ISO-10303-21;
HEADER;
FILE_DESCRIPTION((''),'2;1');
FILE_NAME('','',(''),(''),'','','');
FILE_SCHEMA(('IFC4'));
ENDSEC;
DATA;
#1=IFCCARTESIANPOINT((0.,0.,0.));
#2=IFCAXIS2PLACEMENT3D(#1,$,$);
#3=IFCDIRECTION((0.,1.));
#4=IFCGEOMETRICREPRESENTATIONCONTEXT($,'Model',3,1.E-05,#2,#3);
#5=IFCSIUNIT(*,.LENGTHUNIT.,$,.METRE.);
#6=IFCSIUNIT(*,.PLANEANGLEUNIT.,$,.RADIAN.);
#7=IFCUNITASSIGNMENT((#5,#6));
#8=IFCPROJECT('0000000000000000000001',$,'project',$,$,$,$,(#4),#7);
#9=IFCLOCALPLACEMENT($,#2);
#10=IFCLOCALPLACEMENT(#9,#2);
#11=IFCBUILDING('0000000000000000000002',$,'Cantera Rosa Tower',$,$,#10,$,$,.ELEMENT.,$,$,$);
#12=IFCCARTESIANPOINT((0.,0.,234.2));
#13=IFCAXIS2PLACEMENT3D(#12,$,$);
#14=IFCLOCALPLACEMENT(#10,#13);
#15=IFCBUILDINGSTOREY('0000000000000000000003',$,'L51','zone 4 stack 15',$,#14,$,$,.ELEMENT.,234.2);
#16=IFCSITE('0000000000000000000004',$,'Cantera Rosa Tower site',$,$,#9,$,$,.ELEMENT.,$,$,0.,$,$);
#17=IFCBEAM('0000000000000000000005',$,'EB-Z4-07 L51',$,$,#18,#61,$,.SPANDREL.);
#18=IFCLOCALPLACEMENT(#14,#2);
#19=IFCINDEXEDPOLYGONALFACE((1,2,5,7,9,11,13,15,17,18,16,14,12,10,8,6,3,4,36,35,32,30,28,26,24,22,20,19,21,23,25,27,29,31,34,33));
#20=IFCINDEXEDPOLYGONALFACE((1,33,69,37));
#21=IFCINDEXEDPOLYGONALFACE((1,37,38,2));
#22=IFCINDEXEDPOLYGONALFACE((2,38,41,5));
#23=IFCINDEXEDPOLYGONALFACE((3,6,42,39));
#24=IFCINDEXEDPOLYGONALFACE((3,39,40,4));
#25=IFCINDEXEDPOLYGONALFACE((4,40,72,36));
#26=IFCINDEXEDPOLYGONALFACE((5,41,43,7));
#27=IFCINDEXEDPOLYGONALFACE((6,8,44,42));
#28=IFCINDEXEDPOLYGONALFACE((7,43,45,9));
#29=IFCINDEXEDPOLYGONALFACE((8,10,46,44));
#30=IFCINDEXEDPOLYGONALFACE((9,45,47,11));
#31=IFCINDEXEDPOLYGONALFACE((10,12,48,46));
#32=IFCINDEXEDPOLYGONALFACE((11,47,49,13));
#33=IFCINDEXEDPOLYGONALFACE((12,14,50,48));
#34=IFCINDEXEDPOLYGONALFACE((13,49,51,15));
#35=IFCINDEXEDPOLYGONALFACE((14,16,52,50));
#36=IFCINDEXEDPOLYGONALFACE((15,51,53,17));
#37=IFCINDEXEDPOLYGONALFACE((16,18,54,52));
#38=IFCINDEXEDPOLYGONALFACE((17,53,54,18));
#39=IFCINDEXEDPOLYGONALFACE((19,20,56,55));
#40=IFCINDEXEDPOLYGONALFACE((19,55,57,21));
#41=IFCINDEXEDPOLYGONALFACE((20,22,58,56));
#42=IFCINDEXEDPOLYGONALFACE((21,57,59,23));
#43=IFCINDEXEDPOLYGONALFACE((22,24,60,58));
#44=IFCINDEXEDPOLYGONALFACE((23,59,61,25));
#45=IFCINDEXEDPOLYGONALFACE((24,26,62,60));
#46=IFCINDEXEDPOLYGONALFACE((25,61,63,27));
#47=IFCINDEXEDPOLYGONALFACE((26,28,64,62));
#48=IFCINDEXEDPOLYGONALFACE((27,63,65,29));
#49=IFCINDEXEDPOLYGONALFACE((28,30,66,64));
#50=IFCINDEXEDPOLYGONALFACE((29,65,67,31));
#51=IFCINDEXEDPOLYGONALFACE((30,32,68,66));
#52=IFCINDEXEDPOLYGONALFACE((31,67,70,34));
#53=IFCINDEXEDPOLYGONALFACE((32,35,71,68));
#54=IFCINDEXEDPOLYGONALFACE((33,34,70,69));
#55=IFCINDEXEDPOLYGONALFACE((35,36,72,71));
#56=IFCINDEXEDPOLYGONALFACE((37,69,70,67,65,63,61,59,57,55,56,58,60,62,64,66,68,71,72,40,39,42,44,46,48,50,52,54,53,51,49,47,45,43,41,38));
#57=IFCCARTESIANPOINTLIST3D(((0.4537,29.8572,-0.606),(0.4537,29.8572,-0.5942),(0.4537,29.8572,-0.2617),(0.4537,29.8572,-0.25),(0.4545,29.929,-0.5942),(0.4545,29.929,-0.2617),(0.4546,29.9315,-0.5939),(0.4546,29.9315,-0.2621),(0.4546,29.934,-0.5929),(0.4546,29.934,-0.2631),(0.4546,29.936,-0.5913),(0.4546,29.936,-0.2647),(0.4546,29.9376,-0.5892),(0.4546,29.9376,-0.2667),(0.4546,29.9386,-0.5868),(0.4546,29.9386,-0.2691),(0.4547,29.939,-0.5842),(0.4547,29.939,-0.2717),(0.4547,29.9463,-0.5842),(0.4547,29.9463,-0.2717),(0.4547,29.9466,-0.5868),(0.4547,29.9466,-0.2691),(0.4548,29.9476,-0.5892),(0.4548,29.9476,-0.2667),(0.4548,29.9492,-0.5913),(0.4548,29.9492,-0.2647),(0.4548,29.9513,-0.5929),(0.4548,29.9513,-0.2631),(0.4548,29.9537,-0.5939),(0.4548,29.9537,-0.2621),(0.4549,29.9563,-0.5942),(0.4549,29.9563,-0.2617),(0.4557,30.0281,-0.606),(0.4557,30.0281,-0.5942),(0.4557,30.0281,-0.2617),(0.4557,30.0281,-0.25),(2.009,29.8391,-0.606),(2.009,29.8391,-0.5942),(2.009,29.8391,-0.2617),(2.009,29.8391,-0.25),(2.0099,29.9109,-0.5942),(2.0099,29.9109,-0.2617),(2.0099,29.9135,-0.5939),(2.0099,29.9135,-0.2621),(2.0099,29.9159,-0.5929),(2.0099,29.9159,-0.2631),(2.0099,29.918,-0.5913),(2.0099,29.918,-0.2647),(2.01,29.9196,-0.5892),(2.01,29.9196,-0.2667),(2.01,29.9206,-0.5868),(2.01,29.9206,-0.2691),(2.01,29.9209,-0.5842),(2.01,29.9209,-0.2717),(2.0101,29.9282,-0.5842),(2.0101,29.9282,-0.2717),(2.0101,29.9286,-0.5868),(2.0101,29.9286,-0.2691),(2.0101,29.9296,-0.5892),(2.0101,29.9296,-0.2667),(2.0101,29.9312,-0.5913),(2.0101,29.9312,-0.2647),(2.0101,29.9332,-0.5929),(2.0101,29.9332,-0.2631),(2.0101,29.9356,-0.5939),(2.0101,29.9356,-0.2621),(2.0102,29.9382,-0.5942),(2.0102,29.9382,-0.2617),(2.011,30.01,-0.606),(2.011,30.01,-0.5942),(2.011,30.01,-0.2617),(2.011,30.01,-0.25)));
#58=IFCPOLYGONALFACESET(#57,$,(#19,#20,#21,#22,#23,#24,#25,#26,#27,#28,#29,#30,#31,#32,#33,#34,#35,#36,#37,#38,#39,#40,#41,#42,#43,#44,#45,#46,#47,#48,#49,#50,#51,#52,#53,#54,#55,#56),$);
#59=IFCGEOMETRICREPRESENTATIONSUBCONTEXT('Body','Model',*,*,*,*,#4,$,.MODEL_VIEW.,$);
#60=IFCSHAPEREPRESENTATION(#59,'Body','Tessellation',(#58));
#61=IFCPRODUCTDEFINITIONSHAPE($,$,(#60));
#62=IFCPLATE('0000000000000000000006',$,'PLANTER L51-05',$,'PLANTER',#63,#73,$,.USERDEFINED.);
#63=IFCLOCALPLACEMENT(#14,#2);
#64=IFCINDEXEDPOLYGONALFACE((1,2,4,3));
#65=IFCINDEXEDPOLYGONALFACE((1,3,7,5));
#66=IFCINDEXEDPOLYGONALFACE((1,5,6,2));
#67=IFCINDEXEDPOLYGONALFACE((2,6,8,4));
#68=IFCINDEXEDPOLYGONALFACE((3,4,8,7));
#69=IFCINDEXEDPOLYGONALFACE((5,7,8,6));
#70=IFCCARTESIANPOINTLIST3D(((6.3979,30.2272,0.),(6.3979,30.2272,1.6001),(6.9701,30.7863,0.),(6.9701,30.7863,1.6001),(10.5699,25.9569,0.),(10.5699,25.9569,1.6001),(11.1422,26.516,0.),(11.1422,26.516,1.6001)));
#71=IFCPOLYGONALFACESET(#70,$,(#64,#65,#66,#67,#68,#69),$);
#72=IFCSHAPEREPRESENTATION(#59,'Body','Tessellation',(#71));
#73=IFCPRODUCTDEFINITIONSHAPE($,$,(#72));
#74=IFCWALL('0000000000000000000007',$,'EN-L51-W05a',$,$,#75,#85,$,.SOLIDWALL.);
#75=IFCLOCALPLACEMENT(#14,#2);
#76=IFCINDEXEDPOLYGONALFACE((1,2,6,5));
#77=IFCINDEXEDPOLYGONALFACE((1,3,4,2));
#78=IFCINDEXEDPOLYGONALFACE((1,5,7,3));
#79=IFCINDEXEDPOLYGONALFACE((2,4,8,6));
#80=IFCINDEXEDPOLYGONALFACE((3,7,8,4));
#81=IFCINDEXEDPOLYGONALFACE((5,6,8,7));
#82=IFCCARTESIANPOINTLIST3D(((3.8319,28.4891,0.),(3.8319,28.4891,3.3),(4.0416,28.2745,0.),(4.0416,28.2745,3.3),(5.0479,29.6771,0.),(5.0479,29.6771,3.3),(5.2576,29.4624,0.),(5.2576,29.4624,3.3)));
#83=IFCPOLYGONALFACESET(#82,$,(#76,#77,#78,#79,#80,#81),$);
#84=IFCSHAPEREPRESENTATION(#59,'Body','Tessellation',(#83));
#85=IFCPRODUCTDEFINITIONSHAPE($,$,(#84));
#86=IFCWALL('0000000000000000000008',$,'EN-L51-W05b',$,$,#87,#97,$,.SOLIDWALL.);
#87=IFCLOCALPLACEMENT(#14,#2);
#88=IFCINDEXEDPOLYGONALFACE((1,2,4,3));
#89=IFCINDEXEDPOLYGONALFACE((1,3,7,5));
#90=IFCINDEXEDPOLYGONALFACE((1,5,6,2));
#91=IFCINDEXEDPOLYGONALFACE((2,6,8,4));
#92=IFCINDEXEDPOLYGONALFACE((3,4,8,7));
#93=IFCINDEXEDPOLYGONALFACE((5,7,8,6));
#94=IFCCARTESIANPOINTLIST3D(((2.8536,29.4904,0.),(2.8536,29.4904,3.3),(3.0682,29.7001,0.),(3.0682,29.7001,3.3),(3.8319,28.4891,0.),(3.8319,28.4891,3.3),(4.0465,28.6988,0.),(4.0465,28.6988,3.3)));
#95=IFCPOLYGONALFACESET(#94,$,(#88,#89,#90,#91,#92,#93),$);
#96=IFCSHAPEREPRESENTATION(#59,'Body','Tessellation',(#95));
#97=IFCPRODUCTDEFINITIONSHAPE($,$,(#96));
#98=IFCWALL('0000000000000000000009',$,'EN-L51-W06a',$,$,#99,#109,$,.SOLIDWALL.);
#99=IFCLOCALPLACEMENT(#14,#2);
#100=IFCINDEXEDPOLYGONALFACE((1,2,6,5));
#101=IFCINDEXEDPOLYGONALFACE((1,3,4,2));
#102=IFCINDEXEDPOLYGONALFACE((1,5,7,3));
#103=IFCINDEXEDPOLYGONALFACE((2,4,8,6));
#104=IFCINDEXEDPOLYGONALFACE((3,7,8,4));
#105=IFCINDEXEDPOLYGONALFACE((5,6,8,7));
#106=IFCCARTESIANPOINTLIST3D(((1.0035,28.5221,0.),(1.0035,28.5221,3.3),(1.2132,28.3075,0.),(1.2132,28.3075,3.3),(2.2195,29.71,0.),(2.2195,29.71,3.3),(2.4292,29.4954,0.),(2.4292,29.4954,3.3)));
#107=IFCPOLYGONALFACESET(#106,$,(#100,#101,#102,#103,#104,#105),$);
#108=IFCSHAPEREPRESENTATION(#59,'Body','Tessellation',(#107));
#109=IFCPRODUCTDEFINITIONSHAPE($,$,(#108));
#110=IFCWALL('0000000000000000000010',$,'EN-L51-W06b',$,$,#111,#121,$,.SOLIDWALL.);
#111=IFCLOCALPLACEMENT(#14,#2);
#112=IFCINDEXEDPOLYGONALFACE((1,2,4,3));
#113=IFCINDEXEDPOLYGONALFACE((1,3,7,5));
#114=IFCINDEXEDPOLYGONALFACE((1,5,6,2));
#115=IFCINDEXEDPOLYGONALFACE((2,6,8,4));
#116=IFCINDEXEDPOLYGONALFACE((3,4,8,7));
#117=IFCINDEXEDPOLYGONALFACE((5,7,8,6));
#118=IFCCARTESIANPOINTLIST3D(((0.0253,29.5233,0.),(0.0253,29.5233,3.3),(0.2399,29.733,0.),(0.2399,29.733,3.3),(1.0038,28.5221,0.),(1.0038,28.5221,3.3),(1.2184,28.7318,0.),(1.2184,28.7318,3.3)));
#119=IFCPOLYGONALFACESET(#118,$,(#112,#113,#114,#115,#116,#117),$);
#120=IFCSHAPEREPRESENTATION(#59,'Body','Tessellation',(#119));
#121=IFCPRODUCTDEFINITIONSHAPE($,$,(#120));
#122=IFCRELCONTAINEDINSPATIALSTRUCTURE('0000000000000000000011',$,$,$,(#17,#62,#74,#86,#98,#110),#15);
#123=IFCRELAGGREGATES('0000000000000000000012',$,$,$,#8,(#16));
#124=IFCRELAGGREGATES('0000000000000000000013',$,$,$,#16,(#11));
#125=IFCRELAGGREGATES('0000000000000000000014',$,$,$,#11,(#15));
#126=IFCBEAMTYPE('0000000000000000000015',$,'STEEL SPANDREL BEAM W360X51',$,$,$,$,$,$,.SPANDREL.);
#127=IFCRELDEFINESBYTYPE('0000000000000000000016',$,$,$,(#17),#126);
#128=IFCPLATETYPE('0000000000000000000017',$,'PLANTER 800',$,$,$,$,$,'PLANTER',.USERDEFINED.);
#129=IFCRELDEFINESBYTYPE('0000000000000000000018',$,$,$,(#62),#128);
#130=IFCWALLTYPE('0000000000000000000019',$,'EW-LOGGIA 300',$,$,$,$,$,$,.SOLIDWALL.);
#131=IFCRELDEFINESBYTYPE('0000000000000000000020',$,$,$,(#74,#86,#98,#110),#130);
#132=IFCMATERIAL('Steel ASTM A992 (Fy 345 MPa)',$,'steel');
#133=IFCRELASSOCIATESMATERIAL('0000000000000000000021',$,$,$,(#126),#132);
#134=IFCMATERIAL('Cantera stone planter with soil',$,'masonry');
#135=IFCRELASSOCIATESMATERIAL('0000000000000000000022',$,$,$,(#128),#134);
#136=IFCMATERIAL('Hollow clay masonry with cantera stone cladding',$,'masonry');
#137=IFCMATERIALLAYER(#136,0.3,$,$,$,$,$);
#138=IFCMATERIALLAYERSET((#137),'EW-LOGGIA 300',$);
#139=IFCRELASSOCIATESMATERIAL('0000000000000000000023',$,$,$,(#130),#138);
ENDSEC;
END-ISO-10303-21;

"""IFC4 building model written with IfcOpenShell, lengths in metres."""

from ifc_helpers import new_model, si_unit, direction, frame, frame_2d, origin, origin_2d, place, context, subcontext, project, spatial, rectangle, i_section, extrude, material, layer, layer_set, material_profile, profile_set, type_object, element, save


model = new_model("IFC4")

# Units and contexts
model_context = context("Model", 3, precision=1e-05, world=origin(), true_north=direction((0.0, 1.0)))
body_context = subcontext(model_context, "Body", "Model", "MODEL_VIEW")
ifc_project = project(units=[si_unit("LENGTHUNIT", "METRE"), si_unit("PLANEANGLEUNIT", "RADIAN")], contexts=[model_context])

# Site, building, storey
site_placement = place(None, origin())
site = spatial("IfcSite", under=ifc_project, at=site_placement, Name="Cantera Rosa Tower site", CompositionType="ELEMENT", RefElevation=0.0)
building_placement = place(site_placement, origin())
building = spatial("IfcBuilding", under=site, at=building_placement, Name="Cantera Rosa Tower", CompositionType="ELEMENT")
storey_placement = place(building_placement, frame((0.0, 0.0, 234.2)))
storey = spatial("IfcBuildingStorey", under=building, at=storey_placement, Name="L51", Description="zone 4 stack 15", CompositionType="ELEMENT", Elevation=234.2)

# Beam
ifc_material_1 = material(Name="Steel ASTM A992 (Fy 345 MPa)", Category="steel")
ifc_material_profile_1 = material_profile(ifc_material_1, i_section(OverallWidth=0.1709, OverallDepth=0.356, WebThickness=0.0073, FlangeThickness=0.0117, FilletRadius=0.01, at=origin_2d()), Name="W360X51")
ifc_profile_set_1 = profile_set([ifc_material_profile_1], Name="Steel ASTM A992 (Fy 345 MPa)")
beam_type_1 = type_object("IfcBeamType", Name="STEEL SPANDREL BEAM W360X51", PredefinedType="SPANDREL", material=ifc_profile_set_1)
for number, where, z_axis, x_axis, name in (
    (1, (2.01, 29.9246, -0.428), (-0.999933, 0.011614, 0.0), (-0.011614, -0.999933, 0.0), "EB-Z4-07 L51"),
):
    element("IfcBeam", number, at=place(storey_placement, frame(where, z_axis=z_axis, x_axis=x_axis)), inside=storey, type_object=beam_type_1, Name=name, PredefinedType="SPANDREL", context=body_context, shape_type="SweptSolid", body=[
        extrude(i_section(OverallWidth=0.1709, OverallDepth=0.356, WebThickness=0.0073, FlangeThickness=0.0117, FilletRadius=0.01, at=origin_2d()), origin(), (0.0, 0.0, 1.0), 1.5554),
    ])

# Plate
ifc_material_2 = material(Name="Cantera stone planter with soil", Category="masonry")
plate_type = type_object("IfcPlateType", Name="PLANTER 800", ElementType="PLANTER", PredefinedType="USERDEFINED", material=ifc_material_2)
plate_placement = place(storey_placement, frame((8.77, 28.3716, 0.0), z_axis=(0.0, 0.0, 1.0), x_axis=(-0.698832, 0.715286, 0.0)))
element("IfcPlate", 2, at=plate_placement, inside=storey, type_object=plate_type, Name="PLANTER L51-05", ObjectType="PLANTER", PredefinedType="USERDEFINED", context=body_context, shape_type="SweptSolid", body=[
    extrude(rectangle(XDim=5.97, YDim=0.8, at=origin_2d()), origin(), (0.0, 0.0, 1.0), 1.6001),
])

# Walls
ifc_material_3 = material(Name="Hollow clay masonry with cantera stone cladding", Category="masonry")
ifc_layer_1 = layer(ifc_material_3, 0.3)
ifc_layer_set_1 = layer_set([ifc_layer_1], Name="EW-LOGGIA 300")
wall_type_1 = type_object("IfcWallType", Name="EW-LOGGIA 300", PredefinedType="SOLIDWALL", material=ifc_layer_set_1)
wall_1_placement = place(storey_placement, frame((5.1528, 29.5698, 0.0), z_axis=(0.0, 0.0, 1.0), x_axis=(-0.715316, -0.698801, 0.0)))
element("IfcWall", 3, at=wall_1_placement, inside=storey, type_object=wall_type_1, Name="EN-L51-W05a", PredefinedType="SOLIDWALL", context=body_context, shape_type="SweptSolid", body=[
    extrude(rectangle(XDim=1.7, YDim=0.3, at=frame_2d((0.8501, 0.0))), origin(), (0.0, 0.0, 1.0), 3.3),
])
wall_2_placement = place(storey_placement, frame((3.9392, 28.594, 0.0), z_axis=(0.0, 0.0, 1.0), x_axis=(-0.698862, 0.715257, 0.0)))
element("IfcWall", 4, at=wall_2_placement, inside=storey, type_object=wall_type_1, Name="EN-L51-W05b", PredefinedType="SOLIDWALL", context=body_context, shape_type="SweptSolid", body=[
    extrude(rectangle(XDim=1.3999, YDim=0.3, at=frame_2d((0.7, 0.0))), origin(), (0.0, 0.0, 1.0), 3.3),
])
wall_3_placement = place(storey_placement, frame((2.3245, 29.6028, 0.0), z_axis=(0.0, 0.0, 1.0), x_axis=(-0.715316, -0.698801, 0.0)))
element("IfcWall", 5, at=wall_3_placement, inside=storey, type_object=wall_type_1, Name="EN-L51-W06a", PredefinedType="SOLIDWALL", context=body_context, shape_type="SweptSolid", body=[
    extrude(rectangle(XDim=1.7, YDim=0.3, at=frame_2d((0.8501, 0.0))), origin(), (0.0, 0.0, 1.0), 3.3),
])
wall_4_placement = place(storey_placement, frame((1.1111, 28.627, 0.0), z_axis=(0.0, 0.0, 1.0), x_axis=(-0.698951, 0.715169, 0.0)))
element("IfcWall", 6, at=wall_4_placement, inside=storey, type_object=wall_type_1, Name="EN-L51-W06b", PredefinedType="SOLIDWALL", context=body_context, shape_type="SweptSolid", body=[
    extrude(rectangle(XDim=1.3999, YDim=0.3, at=frame_2d((0.7, 0.0))), origin(), (0.0, 0.0, 1.0), 3.3),
])

save(model, "model.ifc")
